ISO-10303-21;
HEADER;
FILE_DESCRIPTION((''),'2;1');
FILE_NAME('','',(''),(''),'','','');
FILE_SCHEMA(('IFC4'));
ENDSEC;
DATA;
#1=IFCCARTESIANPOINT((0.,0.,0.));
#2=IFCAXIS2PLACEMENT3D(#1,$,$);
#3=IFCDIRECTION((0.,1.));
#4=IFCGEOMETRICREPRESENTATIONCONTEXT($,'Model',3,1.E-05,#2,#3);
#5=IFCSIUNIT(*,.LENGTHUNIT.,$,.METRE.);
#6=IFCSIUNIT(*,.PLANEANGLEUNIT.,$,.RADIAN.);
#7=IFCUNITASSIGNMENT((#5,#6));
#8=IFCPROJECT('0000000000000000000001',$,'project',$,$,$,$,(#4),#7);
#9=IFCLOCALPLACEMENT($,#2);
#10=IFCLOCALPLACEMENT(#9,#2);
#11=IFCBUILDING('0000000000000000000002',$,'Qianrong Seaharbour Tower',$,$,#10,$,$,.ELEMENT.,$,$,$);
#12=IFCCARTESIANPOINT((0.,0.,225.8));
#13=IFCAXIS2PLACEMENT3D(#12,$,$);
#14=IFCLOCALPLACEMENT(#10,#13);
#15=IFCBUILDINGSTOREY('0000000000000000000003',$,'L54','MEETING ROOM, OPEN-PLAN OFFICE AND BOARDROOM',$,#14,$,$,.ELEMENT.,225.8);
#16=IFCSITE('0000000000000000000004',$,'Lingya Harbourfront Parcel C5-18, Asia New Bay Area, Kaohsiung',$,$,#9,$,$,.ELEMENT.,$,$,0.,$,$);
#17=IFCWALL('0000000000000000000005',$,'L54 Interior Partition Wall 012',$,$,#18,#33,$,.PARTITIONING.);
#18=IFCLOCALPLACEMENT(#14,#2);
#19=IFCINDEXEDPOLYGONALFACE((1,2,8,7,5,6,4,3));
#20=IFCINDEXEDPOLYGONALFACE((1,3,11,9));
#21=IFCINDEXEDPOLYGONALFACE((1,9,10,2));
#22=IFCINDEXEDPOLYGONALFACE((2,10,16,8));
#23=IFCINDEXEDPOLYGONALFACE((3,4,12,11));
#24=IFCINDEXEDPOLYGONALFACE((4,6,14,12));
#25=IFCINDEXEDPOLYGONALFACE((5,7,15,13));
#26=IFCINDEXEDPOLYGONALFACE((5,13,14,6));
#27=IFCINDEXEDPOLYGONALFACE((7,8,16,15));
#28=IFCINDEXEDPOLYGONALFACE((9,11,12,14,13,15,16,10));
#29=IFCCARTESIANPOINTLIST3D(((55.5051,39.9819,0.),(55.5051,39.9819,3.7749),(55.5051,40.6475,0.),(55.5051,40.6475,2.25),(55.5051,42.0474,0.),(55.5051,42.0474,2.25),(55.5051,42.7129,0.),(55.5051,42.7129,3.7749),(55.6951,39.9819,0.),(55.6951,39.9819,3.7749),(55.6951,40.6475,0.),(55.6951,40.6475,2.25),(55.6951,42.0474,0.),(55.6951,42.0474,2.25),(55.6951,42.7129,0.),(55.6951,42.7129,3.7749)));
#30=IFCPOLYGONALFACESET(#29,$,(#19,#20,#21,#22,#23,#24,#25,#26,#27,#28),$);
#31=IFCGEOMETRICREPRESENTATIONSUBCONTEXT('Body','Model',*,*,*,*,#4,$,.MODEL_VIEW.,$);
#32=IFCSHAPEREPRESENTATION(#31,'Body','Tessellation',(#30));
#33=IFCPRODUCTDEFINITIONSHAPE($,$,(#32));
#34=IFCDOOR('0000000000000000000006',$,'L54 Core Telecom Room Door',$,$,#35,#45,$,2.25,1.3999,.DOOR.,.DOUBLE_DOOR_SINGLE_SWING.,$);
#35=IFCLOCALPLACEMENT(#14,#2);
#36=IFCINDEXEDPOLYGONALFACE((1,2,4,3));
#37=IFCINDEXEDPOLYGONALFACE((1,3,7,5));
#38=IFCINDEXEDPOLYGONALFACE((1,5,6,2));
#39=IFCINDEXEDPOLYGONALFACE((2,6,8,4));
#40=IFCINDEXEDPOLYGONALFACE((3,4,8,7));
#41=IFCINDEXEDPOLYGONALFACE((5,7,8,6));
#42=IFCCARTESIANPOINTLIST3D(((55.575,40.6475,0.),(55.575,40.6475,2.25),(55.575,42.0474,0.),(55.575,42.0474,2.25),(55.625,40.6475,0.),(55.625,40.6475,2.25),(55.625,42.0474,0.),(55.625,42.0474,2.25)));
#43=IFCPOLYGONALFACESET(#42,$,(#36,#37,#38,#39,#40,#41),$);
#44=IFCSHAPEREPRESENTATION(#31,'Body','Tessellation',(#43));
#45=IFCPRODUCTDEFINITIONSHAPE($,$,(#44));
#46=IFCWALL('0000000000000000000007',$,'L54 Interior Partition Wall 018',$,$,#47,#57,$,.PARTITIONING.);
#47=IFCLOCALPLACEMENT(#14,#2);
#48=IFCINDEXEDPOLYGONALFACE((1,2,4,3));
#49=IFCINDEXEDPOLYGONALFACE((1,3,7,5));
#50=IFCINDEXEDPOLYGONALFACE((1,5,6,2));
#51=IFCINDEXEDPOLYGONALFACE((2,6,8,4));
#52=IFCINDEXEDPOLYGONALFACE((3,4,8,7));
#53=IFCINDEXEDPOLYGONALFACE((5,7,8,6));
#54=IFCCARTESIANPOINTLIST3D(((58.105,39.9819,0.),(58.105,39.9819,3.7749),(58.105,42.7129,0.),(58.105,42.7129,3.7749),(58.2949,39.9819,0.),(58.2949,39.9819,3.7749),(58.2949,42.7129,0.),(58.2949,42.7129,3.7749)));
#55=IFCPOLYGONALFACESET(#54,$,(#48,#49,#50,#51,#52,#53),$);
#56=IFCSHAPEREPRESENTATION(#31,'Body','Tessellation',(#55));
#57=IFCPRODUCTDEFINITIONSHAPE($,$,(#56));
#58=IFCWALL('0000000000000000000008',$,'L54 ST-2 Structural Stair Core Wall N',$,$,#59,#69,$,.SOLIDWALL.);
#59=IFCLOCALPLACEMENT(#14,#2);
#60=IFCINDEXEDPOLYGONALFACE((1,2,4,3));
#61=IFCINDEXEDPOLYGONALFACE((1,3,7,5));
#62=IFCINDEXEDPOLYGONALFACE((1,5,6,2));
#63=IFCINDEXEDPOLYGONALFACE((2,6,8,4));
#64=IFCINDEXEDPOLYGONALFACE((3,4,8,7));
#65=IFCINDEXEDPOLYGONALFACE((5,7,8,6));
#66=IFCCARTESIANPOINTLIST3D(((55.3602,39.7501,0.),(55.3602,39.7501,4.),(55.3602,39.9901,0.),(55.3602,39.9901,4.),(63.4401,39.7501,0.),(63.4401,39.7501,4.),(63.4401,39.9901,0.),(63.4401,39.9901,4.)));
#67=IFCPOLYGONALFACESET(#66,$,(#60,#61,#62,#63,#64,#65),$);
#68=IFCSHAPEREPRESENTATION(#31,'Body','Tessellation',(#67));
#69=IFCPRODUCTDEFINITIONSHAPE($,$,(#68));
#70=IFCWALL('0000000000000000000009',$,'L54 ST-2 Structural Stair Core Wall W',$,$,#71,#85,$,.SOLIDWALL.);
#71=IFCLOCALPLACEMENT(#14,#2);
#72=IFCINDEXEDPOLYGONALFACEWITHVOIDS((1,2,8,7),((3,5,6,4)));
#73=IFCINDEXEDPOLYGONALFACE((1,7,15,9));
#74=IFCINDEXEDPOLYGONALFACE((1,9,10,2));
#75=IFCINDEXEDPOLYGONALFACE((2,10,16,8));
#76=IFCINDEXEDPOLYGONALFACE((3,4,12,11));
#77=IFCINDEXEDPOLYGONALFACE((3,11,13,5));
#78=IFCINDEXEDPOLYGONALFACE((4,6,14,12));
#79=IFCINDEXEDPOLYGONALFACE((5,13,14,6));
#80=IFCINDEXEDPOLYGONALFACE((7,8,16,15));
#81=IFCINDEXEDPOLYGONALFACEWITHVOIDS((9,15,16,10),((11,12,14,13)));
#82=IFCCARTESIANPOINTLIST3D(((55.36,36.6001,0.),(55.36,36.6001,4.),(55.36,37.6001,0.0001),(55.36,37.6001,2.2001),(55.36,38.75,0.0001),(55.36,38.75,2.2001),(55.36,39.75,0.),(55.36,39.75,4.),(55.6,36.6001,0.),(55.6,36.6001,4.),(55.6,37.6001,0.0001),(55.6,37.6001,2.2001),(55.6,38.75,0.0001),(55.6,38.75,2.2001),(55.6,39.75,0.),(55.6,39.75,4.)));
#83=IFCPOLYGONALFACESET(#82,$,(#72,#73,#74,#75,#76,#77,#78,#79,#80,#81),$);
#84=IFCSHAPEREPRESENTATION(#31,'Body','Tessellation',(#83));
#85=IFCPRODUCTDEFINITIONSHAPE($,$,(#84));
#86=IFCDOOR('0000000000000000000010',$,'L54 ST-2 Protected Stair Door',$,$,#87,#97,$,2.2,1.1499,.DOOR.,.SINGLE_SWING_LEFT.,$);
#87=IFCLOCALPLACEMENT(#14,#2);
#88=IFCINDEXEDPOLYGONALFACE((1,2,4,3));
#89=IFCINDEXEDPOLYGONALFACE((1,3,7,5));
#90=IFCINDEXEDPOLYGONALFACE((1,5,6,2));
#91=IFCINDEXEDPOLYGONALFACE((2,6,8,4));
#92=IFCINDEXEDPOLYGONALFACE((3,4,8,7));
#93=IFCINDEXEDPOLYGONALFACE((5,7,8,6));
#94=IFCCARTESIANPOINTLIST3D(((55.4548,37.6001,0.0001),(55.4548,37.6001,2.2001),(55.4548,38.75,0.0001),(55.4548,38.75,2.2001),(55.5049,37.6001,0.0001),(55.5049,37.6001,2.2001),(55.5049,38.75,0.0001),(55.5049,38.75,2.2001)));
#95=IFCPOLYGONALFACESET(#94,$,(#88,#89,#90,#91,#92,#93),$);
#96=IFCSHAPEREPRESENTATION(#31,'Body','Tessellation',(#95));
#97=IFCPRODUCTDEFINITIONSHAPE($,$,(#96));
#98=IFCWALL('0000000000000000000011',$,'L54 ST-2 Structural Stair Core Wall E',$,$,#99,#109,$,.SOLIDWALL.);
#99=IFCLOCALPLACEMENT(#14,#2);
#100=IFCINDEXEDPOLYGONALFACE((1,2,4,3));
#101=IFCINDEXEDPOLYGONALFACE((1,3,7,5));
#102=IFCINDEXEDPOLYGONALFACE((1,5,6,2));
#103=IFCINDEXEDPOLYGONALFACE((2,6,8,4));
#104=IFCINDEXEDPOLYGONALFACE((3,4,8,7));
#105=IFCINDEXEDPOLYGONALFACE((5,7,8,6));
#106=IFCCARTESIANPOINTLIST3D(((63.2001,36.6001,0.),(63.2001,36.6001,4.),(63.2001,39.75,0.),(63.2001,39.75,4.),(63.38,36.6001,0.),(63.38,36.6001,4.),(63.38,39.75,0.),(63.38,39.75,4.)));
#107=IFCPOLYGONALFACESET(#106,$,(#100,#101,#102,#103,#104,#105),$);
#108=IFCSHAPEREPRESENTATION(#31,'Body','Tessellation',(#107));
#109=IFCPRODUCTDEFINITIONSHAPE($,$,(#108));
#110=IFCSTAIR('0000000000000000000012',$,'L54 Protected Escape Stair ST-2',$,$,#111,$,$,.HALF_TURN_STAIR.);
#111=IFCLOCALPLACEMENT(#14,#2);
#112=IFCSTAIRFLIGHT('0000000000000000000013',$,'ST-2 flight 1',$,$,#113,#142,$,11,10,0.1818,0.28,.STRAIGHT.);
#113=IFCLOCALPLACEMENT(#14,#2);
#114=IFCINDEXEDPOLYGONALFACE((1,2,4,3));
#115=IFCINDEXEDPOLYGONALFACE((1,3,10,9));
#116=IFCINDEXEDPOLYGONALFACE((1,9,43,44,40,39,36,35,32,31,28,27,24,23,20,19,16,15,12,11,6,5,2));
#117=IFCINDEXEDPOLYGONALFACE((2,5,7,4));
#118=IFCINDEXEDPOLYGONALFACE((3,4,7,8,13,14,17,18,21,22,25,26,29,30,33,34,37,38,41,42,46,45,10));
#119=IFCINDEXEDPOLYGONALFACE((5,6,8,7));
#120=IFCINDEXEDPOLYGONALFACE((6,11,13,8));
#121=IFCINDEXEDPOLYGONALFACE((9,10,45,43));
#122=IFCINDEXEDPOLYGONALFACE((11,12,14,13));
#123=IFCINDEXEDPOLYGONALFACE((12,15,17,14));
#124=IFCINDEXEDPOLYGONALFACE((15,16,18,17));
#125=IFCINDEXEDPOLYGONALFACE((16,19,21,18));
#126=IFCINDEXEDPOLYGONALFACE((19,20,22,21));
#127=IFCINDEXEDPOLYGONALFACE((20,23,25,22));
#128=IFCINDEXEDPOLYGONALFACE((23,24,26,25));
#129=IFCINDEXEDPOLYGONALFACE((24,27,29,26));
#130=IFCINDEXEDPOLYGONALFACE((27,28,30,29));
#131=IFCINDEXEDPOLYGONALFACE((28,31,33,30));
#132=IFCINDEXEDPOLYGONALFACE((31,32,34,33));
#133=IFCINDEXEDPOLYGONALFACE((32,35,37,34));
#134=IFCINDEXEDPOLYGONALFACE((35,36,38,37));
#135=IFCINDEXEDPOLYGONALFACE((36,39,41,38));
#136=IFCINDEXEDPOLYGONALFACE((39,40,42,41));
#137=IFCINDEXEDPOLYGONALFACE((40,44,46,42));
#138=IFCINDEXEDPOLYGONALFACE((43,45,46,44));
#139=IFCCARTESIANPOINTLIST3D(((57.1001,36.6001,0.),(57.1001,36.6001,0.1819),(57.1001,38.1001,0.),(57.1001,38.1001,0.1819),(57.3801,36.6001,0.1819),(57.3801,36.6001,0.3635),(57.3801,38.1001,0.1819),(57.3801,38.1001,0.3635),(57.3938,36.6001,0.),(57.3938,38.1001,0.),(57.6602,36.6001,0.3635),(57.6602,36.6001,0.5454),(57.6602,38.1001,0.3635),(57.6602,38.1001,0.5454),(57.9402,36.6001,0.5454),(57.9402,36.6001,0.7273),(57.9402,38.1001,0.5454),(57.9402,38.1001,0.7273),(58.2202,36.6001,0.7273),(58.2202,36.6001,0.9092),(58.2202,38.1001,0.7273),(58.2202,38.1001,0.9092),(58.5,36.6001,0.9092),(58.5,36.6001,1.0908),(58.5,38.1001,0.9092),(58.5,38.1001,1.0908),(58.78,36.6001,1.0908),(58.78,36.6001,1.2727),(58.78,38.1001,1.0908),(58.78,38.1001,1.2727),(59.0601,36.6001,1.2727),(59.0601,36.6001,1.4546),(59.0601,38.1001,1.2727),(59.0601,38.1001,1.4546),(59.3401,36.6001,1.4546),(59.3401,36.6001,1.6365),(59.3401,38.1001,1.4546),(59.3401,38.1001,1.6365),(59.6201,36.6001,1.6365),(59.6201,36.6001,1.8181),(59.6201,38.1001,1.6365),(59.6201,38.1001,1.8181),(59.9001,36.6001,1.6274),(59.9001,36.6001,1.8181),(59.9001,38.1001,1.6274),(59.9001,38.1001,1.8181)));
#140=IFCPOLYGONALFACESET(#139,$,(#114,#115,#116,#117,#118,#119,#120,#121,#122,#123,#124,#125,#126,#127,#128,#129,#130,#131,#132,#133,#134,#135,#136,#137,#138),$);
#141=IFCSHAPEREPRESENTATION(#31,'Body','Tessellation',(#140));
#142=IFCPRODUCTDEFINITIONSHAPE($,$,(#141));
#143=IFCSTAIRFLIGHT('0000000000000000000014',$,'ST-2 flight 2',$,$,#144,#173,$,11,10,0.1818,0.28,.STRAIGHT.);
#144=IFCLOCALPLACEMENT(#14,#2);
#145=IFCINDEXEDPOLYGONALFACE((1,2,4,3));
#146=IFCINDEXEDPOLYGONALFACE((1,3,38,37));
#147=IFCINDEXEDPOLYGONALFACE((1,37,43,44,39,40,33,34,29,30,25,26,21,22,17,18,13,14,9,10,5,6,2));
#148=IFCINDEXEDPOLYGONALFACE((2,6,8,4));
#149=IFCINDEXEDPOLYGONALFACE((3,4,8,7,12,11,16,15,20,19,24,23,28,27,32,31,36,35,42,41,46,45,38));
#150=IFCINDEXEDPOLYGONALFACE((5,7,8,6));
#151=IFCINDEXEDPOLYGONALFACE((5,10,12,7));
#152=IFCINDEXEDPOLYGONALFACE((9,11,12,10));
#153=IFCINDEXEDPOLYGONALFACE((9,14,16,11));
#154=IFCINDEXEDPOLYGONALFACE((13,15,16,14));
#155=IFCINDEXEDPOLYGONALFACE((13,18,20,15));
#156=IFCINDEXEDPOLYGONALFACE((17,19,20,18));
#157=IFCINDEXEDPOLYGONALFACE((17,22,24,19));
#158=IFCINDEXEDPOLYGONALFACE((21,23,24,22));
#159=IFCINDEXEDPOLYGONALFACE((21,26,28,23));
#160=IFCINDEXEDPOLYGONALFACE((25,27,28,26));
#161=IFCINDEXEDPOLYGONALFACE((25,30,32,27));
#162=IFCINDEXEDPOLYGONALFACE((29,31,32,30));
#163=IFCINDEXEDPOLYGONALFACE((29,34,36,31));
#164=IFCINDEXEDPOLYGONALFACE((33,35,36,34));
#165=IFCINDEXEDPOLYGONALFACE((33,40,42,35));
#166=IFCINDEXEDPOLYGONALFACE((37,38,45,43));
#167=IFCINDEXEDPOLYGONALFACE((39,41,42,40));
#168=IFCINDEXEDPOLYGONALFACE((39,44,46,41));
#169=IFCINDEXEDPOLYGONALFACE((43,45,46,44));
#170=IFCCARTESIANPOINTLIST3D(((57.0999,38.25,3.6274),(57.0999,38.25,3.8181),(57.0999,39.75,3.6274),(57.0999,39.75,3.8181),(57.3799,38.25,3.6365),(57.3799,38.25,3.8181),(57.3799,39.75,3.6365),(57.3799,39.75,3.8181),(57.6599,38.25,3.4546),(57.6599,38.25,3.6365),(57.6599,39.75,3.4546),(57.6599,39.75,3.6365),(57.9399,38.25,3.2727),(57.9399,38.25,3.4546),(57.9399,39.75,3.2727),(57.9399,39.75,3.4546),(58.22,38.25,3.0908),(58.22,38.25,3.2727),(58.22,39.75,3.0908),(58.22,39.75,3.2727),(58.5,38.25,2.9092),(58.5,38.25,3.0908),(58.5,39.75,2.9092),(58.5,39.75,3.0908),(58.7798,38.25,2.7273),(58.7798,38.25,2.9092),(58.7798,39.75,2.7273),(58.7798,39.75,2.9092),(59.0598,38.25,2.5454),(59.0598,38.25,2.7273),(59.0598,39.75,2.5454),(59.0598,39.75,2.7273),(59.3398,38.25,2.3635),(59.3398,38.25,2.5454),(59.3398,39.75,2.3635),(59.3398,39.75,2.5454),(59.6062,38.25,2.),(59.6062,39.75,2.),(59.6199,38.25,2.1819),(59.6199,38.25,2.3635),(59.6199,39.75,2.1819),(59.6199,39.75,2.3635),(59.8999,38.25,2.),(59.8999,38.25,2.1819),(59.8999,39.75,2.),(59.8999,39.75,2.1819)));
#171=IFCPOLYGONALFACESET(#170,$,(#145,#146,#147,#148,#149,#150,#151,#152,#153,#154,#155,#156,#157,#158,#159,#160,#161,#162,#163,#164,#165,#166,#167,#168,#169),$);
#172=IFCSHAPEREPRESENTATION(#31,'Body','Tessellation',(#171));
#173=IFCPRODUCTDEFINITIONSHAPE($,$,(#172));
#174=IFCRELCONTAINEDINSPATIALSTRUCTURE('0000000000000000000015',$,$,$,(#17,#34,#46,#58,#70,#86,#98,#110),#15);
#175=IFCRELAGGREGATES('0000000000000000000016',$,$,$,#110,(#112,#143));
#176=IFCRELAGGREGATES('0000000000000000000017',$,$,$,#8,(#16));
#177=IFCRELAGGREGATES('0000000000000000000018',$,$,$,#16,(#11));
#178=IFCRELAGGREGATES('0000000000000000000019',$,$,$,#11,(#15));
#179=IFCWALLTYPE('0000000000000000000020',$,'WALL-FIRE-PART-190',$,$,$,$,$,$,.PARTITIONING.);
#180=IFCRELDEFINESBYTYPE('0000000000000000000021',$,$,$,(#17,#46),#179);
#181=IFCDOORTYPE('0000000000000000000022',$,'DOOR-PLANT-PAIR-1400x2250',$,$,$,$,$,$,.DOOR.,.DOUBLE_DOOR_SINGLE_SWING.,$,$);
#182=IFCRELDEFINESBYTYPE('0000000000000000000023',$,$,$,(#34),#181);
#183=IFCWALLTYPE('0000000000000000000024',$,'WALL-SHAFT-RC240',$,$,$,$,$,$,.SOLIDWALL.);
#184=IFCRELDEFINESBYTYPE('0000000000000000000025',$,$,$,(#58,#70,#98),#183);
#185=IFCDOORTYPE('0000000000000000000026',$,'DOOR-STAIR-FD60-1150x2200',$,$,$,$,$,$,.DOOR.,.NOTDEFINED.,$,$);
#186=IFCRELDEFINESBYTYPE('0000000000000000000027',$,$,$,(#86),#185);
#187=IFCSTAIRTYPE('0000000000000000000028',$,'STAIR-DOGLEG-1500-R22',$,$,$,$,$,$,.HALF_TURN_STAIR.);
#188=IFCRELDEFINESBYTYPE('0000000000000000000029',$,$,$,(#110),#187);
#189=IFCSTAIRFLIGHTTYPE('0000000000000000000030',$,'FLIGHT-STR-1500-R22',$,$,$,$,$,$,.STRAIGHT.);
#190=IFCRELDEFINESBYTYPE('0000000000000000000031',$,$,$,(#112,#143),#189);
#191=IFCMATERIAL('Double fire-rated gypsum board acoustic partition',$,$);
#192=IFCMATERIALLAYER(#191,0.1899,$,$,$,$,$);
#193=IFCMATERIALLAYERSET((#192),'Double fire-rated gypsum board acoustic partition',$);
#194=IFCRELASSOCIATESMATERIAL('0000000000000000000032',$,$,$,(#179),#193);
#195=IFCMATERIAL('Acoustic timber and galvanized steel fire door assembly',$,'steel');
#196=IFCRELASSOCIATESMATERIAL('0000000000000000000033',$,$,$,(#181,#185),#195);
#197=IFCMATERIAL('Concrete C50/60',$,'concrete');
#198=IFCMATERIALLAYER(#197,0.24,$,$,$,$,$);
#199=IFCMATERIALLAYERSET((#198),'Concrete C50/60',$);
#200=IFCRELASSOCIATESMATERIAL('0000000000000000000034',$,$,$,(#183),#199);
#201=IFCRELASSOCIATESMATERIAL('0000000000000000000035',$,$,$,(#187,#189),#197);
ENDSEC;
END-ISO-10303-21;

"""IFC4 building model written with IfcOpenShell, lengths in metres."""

from ifc_helpers import new_model, si_unit, direction, frame, frame_2d, origin, place, context, subcontext, project, spatial, polyline, rectangle, outline, extrude, material, layer, layer_set, type_object, element, fill, aggregate, save


model = new_model("IFC4")

# Units and contexts
model_context = context("Model", 3, precision=1e-05, world=origin(), true_north=direction((0.0, 1.0)))
body_context = subcontext(model_context, "Body", "Model", "MODEL_VIEW")
ifc_project = project(units=[si_unit("LENGTHUNIT", "METRE"), si_unit("PLANEANGLEUNIT", "RADIAN")], contexts=[model_context])

# Site, building, storey
site_placement = place(None, origin())
site = spatial("IfcSite", under=ifc_project, at=site_placement, Name="Lingya Harbourfront Parcel C5-18, Asia New Bay Area, Kaohsiung", CompositionType="ELEMENT", RefElevation=0.0)
building_placement = place(site_placement, origin())
building = spatial("IfcBuilding", under=site, at=building_placement, Name="Qianrong Seaharbour Tower", CompositionType="ELEMENT")
storey_placement = place(building_placement, frame((0.0, 0.0, 225.8)))
storey = spatial("IfcBuildingStorey", under=building, at=storey_placement, Name="L54", Description="MEETING ROOM, OPEN-PLAN OFFICE AND BOARDROOM", CompositionType="ELEMENT", Elevation=225.8)

# Wall, opening, door
ifc_material_1 = material(Name="Double fire-rated gypsum board acoustic partition")
ifc_layer_1 = layer(ifc_material_1, 0.1899)
ifc_layer_set_1 = layer_set([ifc_layer_1], Name="Double fire-rated gypsum board acoustic partition")
wall_type_1 = type_object("IfcWallType", Name="WALL-FIRE-PART-190", PredefinedType="PARTITIONING", material=ifc_layer_set_1)
wall_1_placement = place(storey_placement, frame((55.6001, 42.7129, 0.0), z_axis=(0.0, 0.0, 1.0), x_axis=(0.0, -1.0, 0.0)))
wall_1 = element("IfcWall", 1, at=wall_1_placement, inside=storey, type_object=wall_type_1, Name="L54 Interior Partition Wall 012", PredefinedType="PARTITIONING", context=body_context, shape_type="SweptSolid", body=[
    extrude(rectangle(XDim=2.731, YDim=0.1899, at=frame_2d((1.3655, 0.0))), origin(), (0.0, 0.0, 1.0), 3.7749),
])
opening_1_placement = place(wall_1_placement, frame((0.6655, 0.0, 0.0)))
opening_1 = element("IfcOpeningElement", 2, at=opening_1_placement, cuts=wall_1, PredefinedType="OPENING", context=body_context, shape_type="SweptSolid", body=[
    extrude(rectangle(XDim=1.3999, YDim=2.25, at=frame_2d((0.7, 1.125))), frame((0.0, 0.105, 0.0), z_axis=(0.0, -1.0, 0.0), x_axis=(1.0, 0.0, 0.0)), (0.0, 0.0, 1.0), 0.21),
])
ifc_material_2 = material(Name="Acoustic timber and galvanized steel fire door assembly", Category="steel")
door_type_1 = type_object("IfcDoorType", Name="DOOR-PLANT-PAIR-1400x2250", OperationType="DOUBLE_DOOR_SINGLE_SWING", PredefinedType="DOOR", material=ifc_material_2)
door_1_placement = place(opening_1_placement, origin())
door_1 = element("IfcDoor", 3, at=door_1_placement, inside=storey, type_object=door_type_1, Name="L54 Core Telecom Room Door", OperationType="DOUBLE_DOOR_SINGLE_SWING", OverallHeight=2.25, OverallWidth=1.3999, PredefinedType="DOOR", context=body_context, shape_type="SweptSolid", body=[
    extrude(rectangle(XDim=1.3999, YDim=2.25, at=frame_2d((0.7, 1.125))), frame((0.0, 0.0249, 0.0), z_axis=(0.0, -1.0, 0.0), x_axis=(1.0, 0.0, 0.0)), (0.0, 0.0, 1.0), 0.05),
])
fill(opening_1, door_1)

# Walls
wall_2_placement = place(storey_placement, frame((58.2, 42.7129, 0.0), z_axis=(0.0, 0.0, 1.0), x_axis=(0.0, -1.0, 0.0)))
element("IfcWall", 4, at=wall_2_placement, inside=storey, type_object=wall_type_1, Name="L54 Interior Partition Wall 018", PredefinedType="PARTITIONING", context=body_context, shape_type="SweptSolid", body=[
    extrude(rectangle(XDim=2.731, YDim=0.1899, at=frame_2d((1.3655, 0.0))), origin(), (0.0, 0.0, 1.0), 3.7749),
])
ifc_material_3 = material(Name="Concrete C50/60", Category="concrete")
ifc_layer_2 = layer(ifc_material_3, 0.24)
ifc_layer_set_2 = layer_set([ifc_layer_2], Name="Concrete C50/60")
wall_type_2 = type_object("IfcWallType", Name="WALL-SHAFT-RC240", PredefinedType="SOLIDWALL", material=ifc_layer_set_2)
wall_3_placement = place(storey_placement, frame((55.3601, 39.8701, 0.0), z_axis=(0.0, 0.0, 1.0), x_axis=(1.0, 0.0, 0.0)))
element("IfcWall", 5, at=wall_3_placement, inside=storey, type_object=wall_type_2, Name="L54 ST-2 Structural Stair Core Wall N", PredefinedType="SOLIDWALL", context=body_context, shape_type="SweptSolid", body=[
    extrude(rectangle(XDim=8.0798, YDim=0.24, at=frame_2d((4.04, 0.0))), origin(), (0.0, 0.0, 1.0), 4.0),
])

# Wall, opening, door
wall_4_placement = place(storey_placement, frame((55.48, 39.75, 0.0), z_axis=(0.0, 0.0, 1.0), x_axis=(0.0, -1.0, 0.0)))
wall_4 = element("IfcWall", 6, at=wall_4_placement, inside=storey, type_object=wall_type_2, Name="L54 ST-2 Structural Stair Core Wall W", PredefinedType="SOLIDWALL", context=body_context, shape_type="SweptSolid", body=[
    extrude(rectangle(XDim=3.1499, YDim=0.24, at=frame_2d((1.575, 0.0))), origin(), (0.0, 0.0, 1.0), 4.0),
])
opening_2_placement = place(wall_4_placement, frame((1.0, 0.0, 0.0)))
opening_2 = element("IfcOpeningElement", 7, at=opening_2_placement, cuts=wall_4, PredefinedType="OPENING", context=body_context, shape_type="SweptSolid", body=[
    extrude(rectangle(XDim=1.1499, YDim=2.2, at=frame_2d((0.575, 1.1001))), frame((0.0, 0.1299, 0.0), z_axis=(0.0, -1.0, 0.0), x_axis=(1.0, 0.0, 0.0)), (0.0, 0.0, 1.0), 0.26),
])
door_type_2 = type_object("IfcDoorType", Name="DOOR-STAIR-FD60-1150x2200", OperationType="NOTDEFINED", PredefinedType="DOOR", material=ifc_material_2)
door_2_placement = place(opening_2_placement, origin())
door_2 = element("IfcDoor", 8, at=door_2_placement, inside=storey, type_object=door_type_2, Name="L54 ST-2 Protected Stair Door", OperationType="SINGLE_SWING_LEFT", OverallHeight=2.2, OverallWidth=1.1499, PredefinedType="DOOR", context=body_context, shape_type="SweptSolid", body=[
    extrude(rectangle(XDim=1.1499, YDim=2.2, at=frame_2d((0.575, 1.1001))), frame((0.0, 0.0249, 0.0), z_axis=(0.0, -1.0, 0.0), x_axis=(1.0, 0.0, 0.0)), (0.0, 0.0, 1.0), 0.05),
])
fill(opening_2, door_2)

# Wall
wall_5_placement = place(storey_placement, frame((63.29, 36.6001, 0.0), z_axis=(0.0, 0.0, 1.0), x_axis=(0.0, 1.0, 0.0)))
element("IfcWall", 9, at=wall_5_placement, inside=storey, type_object=wall_type_2, Name="L54 ST-2 Structural Stair Core Wall E", PredefinedType="SOLIDWALL", context=body_context, shape_type="SweptSolid", body=[
    extrude(rectangle(XDim=3.1499, YDim=0.1799, at=frame_2d((1.575, 0.0))), origin(), (0.0, 0.0, 1.0), 4.0),
])

# Stair, stair flights
stair_type = type_object("IfcStairType", Name="STAIR-DOGLEG-1500-R22", PredefinedType="HALF_TURN_STAIR", material=ifc_material_3)
stair_placement = place(storey_placement, origin())
stair = element("IfcStair", 10, at=stair_placement, inside=storey, type_object=stair_type, Name="L54 Protected Escape Stair ST-2", PredefinedType="HALF_TURN_STAIR")
stair_flight_type = type_object("IfcStairFlightType", Name="FLIGHT-STR-1500-R22", PredefinedType="STRAIGHT", material=ifc_material_3)
stair_flight_1_placement = place(storey_placement, frame((57.1001, 37.3501, 0.0), z_axis=(0.0, 0.0, 1.0), x_axis=(1.0, 0.0, 0.0)))
stair_flight_1 = element("IfcStairFlight", 11, at=stair_flight_1_placement, type_object=stair_flight_type, Name="ST-2 flight 1", NumberOfRisers=11, NumberOfTreads=10, PredefinedType="STRAIGHT", RiserHeight=0.1818, TreadLength=0.28, context=body_context, shape_type="SweptSolid", body=[
    extrude(outline(polyline([(0.0, 0.0), (0.0, 0.1819), (0.28, 0.1819), (0.28, 0.3635), (0.5601, 0.3635), (0.5601, 0.5454), (0.8401, 0.5454), (0.8401, 0.7273), (1.1201, 0.7273), (1.1201, 0.9092), (1.3999, 0.9092), (1.3999, 1.0908), (1.6799, 1.0908), (1.6799, 1.2727), (1.96, 1.2727), (1.96, 1.4546), (2.24, 1.4546), (2.24, 1.6365), (2.52, 1.6365), (2.52, 1.8181), (2.8, 1.8181), (2.8, 2.0), (2.8, 1.6274), (0.2937, 0.0), (0.0, 0.0)])), frame((0.0, 0.75, 0.0), z_axis=(0.0, -1.0, 0.0), x_axis=(1.0, 0.0, 0.0)), (0.0, 0.0, 1.0), 1.5),
])
stair_flight_2_placement = place(storey_placement, frame((59.8999, 39.0, 2.0), z_axis=(0.0, 0.0, 1.0), x_axis=(-1.0, 0.0, 0.0)))
stair_flight_2 = element("IfcStairFlight", 12, at=stair_flight_2_placement, type_object=stair_flight_type, Name="ST-2 flight 2", NumberOfRisers=11, NumberOfTreads=10, PredefinedType="STRAIGHT", RiserHeight=0.1818, TreadLength=0.28, context=body_context, shape_type="SweptSolid", body=[
    extrude(outline(polyline([(0.0, 0.0), (0.0, 0.1819), (0.28, 0.1819), (0.28, 0.3635), (0.5601, 0.3635), (0.5601, 0.5454), (0.8401, 0.5454), (0.8401, 0.7273), (1.1201, 0.7273), (1.1201, 0.9092), (1.3999, 0.9092), (1.3999, 1.0908), (1.6799, 1.0908), (1.6799, 1.2727), (1.96, 1.2727), (1.96, 1.4546), (2.24, 1.4546), (2.24, 1.6365), (2.52, 1.6365), (2.52, 1.8181), (2.8, 1.8181), (2.8, 2.0), (2.8, 1.6274), (0.2937, 0.0), (0.0, 0.0)])), frame((0.0, 0.75, 0.0), z_axis=(0.0, -1.0, 0.0), x_axis=(1.0, 0.0, 0.0)), (0.0, 0.0, 1.0), 1.5),
])
aggregate(stair, [stair_flight_1, stair_flight_2])

save(model, "model.ifc")
